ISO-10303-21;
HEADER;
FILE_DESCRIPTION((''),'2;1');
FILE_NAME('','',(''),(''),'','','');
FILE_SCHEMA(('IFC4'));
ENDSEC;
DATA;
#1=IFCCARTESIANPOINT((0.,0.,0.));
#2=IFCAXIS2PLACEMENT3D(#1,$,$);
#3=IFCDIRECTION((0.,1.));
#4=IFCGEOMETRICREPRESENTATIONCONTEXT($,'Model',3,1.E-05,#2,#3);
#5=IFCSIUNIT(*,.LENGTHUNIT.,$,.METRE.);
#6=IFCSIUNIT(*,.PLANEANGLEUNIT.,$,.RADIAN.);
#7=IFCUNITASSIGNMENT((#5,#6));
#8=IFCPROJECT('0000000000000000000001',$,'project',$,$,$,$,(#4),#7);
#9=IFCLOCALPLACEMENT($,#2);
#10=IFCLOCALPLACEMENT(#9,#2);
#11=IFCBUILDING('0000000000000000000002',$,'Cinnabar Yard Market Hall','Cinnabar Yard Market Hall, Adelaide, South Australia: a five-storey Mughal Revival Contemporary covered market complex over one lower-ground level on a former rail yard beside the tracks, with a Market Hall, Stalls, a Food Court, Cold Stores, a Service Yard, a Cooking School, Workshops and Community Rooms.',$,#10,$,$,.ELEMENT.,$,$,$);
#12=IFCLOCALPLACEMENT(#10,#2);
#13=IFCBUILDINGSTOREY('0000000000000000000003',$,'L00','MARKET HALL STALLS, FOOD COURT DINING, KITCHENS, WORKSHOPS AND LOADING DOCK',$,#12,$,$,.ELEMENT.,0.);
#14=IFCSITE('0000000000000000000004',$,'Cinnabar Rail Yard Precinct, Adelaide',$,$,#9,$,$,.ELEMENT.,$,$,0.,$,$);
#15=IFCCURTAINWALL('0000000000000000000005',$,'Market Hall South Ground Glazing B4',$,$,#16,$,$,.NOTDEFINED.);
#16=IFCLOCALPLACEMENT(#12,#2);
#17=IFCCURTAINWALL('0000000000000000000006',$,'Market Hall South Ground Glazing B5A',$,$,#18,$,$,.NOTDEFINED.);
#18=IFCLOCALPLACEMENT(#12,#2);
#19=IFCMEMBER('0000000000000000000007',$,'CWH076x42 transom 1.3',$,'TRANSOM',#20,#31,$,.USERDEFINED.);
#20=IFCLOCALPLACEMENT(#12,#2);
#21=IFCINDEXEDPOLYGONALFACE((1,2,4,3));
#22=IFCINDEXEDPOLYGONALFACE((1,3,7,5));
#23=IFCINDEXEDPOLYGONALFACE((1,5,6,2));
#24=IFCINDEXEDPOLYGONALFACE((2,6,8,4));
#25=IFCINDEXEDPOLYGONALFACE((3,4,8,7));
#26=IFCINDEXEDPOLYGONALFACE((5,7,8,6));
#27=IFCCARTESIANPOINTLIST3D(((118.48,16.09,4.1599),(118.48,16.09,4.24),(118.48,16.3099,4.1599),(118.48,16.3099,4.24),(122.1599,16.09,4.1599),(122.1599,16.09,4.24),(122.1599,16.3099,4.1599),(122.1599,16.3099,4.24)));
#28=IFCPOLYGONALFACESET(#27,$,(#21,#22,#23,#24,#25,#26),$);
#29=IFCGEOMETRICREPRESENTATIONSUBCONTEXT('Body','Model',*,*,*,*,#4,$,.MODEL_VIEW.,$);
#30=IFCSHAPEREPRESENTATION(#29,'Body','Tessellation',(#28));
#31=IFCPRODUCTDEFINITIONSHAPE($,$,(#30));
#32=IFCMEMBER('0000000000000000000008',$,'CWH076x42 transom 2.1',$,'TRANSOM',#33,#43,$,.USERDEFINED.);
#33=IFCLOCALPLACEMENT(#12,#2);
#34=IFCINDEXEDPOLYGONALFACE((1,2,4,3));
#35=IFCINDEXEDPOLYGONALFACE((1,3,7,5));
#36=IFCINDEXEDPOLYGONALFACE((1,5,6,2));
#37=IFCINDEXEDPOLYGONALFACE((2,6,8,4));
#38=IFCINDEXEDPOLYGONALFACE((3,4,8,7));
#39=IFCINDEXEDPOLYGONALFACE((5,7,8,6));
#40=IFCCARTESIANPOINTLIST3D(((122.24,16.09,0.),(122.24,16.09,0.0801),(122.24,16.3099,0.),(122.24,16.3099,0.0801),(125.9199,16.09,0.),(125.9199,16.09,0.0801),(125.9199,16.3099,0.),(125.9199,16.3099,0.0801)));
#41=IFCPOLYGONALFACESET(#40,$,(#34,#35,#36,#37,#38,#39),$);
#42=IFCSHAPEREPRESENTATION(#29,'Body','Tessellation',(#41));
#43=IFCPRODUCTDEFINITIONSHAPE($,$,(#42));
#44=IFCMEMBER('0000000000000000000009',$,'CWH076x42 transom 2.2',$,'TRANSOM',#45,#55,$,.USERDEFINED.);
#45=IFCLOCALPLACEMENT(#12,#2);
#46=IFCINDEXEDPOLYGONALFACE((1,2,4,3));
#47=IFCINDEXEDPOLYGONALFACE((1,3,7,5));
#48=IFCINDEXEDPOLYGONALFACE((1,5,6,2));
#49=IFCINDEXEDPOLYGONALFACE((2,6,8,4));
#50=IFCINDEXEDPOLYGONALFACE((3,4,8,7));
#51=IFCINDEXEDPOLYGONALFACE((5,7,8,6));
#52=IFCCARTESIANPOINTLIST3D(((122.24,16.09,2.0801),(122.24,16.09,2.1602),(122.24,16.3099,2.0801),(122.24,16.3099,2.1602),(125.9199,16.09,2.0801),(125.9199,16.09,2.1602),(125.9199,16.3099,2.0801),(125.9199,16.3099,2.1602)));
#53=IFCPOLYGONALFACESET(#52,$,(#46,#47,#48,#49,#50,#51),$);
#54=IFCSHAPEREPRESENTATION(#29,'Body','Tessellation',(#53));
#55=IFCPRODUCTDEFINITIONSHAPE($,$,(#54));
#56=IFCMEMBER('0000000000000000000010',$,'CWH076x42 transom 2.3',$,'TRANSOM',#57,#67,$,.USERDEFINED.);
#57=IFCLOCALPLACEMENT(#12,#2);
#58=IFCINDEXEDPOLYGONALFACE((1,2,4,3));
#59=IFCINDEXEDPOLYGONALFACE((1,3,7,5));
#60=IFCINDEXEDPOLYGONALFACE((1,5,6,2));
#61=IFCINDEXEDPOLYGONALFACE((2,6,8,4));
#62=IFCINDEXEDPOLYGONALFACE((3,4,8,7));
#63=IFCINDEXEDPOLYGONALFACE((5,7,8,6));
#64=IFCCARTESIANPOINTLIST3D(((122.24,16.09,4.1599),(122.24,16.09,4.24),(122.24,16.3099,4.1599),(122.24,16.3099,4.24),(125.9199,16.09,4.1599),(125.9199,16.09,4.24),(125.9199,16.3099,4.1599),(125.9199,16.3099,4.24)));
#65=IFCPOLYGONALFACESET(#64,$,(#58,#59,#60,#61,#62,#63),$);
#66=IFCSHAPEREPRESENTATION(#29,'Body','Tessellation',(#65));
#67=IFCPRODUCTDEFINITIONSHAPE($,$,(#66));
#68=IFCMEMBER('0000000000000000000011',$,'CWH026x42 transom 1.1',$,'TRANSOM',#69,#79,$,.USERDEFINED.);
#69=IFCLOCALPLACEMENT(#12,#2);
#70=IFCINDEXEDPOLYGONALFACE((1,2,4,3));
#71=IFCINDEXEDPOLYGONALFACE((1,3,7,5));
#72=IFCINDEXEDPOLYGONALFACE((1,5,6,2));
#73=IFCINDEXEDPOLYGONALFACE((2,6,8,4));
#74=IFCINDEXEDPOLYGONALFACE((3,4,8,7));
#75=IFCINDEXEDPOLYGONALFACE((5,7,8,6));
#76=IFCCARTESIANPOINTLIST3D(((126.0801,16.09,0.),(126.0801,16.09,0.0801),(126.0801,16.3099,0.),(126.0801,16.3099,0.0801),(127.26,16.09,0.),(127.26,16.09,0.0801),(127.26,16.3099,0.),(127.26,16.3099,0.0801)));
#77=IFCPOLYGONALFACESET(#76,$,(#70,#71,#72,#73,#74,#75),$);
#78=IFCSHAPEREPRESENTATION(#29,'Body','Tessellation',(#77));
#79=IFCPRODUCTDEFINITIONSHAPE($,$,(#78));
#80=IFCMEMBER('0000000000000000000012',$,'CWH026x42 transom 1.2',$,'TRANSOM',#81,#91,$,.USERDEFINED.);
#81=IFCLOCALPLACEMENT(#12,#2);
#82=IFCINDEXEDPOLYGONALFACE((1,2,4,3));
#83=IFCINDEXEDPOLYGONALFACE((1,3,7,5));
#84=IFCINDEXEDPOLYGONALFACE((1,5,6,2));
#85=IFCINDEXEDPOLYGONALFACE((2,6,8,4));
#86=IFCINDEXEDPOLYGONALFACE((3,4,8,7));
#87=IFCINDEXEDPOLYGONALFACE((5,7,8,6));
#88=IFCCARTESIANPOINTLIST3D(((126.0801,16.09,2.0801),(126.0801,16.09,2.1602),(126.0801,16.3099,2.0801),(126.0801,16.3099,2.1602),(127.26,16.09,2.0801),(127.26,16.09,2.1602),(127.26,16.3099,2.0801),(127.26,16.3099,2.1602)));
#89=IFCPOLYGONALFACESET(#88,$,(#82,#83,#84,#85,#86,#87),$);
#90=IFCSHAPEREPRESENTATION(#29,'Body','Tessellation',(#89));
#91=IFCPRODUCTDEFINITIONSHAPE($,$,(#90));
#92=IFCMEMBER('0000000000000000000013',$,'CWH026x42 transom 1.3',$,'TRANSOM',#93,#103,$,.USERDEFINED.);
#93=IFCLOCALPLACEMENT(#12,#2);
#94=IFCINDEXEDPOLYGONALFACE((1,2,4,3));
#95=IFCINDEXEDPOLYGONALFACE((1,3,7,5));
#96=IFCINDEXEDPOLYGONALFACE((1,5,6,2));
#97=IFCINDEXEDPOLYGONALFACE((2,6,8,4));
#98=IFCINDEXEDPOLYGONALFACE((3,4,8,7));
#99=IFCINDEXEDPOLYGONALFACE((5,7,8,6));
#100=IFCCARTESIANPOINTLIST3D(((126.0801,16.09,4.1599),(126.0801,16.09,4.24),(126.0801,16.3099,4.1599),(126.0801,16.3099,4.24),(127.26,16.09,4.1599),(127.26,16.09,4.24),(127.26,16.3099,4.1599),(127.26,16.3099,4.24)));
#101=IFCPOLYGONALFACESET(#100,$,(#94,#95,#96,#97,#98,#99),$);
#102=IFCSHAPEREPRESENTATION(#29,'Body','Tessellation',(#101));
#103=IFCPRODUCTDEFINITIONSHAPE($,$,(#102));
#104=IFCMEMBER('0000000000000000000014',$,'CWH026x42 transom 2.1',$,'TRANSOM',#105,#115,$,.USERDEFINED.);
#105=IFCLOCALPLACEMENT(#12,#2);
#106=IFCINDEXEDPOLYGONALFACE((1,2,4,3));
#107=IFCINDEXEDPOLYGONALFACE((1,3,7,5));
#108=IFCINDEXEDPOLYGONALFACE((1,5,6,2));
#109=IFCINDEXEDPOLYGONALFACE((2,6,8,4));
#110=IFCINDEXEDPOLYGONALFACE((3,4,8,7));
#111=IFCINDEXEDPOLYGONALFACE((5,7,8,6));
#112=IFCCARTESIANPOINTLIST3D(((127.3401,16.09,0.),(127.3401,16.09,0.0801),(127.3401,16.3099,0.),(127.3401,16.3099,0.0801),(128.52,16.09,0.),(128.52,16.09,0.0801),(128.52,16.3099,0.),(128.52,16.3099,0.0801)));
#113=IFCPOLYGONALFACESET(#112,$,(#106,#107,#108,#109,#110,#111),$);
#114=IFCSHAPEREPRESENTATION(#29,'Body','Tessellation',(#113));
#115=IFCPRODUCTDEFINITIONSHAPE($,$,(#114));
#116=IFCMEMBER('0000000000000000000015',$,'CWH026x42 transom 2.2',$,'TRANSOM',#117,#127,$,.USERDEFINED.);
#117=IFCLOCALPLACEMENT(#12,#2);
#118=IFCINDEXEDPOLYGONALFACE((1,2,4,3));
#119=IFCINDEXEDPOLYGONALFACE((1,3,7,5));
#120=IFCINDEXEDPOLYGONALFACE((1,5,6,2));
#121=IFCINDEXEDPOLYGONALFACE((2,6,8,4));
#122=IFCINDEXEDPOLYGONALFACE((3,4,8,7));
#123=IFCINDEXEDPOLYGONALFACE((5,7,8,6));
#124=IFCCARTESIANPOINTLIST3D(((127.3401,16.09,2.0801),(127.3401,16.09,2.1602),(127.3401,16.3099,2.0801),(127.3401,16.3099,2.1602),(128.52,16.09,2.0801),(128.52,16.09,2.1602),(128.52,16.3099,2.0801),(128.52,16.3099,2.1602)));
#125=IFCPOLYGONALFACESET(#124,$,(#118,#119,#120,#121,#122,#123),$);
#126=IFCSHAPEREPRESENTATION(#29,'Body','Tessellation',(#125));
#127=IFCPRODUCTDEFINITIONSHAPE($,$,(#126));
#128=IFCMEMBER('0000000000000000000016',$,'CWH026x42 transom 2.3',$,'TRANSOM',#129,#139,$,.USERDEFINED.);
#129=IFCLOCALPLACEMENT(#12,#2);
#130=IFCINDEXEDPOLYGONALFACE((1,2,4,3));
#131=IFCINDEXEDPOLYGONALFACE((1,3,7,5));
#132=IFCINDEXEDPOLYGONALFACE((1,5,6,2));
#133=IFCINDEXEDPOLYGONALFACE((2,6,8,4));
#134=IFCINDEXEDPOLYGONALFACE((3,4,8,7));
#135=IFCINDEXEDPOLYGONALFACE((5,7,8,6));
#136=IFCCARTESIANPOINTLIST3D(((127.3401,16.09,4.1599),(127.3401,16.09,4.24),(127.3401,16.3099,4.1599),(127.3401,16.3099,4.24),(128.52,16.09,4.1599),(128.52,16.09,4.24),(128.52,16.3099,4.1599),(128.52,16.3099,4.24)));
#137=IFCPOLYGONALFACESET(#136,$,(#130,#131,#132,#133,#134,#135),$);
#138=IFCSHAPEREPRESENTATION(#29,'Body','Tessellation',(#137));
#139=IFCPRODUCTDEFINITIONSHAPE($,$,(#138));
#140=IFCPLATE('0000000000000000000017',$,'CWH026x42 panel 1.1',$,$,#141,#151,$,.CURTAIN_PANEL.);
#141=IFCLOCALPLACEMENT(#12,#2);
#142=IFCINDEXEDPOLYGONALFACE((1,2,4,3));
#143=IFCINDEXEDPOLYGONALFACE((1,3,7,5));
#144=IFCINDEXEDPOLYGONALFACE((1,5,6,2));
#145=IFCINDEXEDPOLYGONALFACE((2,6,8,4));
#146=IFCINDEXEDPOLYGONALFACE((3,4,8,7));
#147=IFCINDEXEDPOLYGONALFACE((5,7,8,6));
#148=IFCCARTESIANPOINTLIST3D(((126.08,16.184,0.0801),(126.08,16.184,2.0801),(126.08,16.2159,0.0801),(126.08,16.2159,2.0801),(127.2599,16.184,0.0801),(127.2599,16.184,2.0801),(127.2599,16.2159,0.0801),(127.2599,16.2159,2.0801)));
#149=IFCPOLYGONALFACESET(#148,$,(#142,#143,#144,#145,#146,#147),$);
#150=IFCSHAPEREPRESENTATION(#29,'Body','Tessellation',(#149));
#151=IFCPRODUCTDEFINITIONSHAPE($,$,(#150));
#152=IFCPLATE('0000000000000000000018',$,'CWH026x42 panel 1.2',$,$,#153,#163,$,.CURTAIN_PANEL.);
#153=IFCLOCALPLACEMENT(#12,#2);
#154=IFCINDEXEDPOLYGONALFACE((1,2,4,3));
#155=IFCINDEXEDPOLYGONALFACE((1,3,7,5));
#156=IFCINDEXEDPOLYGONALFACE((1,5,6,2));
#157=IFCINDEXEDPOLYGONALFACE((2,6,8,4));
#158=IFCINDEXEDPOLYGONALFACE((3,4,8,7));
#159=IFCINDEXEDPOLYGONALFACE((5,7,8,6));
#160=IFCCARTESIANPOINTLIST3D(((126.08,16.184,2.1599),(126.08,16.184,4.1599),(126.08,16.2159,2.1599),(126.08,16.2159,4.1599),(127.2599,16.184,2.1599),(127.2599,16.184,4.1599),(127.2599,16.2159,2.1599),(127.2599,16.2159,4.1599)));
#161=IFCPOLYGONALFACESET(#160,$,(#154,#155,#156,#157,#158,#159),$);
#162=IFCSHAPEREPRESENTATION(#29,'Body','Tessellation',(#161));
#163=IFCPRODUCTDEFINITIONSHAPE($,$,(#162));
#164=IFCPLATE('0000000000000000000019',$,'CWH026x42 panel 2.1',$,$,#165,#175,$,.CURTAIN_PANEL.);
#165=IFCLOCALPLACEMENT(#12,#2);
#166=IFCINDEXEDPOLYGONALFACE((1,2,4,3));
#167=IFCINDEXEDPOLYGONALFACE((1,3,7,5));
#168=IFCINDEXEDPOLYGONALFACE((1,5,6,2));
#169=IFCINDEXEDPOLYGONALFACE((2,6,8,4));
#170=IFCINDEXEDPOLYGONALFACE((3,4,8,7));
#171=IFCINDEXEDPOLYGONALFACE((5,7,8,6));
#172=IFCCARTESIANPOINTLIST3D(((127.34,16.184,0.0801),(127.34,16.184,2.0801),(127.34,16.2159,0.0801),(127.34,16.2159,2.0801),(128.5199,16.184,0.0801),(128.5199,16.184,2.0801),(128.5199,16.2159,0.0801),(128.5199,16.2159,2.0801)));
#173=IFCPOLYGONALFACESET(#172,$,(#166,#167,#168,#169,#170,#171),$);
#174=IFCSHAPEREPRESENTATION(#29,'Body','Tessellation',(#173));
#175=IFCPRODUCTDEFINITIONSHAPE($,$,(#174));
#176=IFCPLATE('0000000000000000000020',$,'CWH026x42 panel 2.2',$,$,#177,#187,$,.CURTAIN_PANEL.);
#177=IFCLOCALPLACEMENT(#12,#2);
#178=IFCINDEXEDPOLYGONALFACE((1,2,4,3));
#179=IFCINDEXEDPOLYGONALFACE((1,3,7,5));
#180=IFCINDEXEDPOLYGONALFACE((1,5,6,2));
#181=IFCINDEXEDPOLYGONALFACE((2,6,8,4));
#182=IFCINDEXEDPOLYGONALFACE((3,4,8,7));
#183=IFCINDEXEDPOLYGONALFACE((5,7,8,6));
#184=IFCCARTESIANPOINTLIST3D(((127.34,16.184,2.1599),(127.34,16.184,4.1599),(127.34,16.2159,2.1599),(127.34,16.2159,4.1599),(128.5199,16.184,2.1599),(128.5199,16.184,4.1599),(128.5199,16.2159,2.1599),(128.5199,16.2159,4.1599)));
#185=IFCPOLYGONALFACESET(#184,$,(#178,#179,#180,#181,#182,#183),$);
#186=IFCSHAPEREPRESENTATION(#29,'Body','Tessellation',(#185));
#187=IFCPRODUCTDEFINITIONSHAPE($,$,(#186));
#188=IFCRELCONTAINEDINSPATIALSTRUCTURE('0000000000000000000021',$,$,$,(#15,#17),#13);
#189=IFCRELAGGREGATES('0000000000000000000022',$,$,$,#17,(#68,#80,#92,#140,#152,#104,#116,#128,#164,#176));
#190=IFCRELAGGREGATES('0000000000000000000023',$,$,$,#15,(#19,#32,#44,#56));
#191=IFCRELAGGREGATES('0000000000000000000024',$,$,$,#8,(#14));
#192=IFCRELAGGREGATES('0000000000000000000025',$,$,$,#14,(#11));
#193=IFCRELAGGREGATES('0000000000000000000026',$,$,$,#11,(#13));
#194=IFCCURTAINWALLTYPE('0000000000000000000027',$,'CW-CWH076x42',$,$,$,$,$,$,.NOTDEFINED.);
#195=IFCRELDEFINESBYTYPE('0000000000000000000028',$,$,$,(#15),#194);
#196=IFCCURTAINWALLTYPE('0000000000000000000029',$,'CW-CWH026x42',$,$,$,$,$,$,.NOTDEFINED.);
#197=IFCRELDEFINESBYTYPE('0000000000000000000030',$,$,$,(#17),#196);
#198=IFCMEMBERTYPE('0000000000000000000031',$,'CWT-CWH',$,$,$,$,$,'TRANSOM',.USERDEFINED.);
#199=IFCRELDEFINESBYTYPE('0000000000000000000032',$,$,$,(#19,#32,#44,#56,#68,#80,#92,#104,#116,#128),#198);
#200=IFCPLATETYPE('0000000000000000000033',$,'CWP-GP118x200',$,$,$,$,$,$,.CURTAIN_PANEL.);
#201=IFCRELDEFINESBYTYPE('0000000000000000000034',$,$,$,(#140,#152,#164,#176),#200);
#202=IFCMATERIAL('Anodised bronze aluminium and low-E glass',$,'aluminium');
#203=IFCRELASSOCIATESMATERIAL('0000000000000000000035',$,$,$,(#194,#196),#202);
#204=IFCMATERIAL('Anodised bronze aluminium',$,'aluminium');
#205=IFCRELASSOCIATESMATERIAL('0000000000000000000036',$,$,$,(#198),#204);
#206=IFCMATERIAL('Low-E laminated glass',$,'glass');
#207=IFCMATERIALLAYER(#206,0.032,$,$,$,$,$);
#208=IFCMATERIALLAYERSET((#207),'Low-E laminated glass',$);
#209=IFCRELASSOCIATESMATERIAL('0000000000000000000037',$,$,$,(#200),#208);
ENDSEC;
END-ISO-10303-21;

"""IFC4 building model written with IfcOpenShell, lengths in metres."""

from ifc_helpers import new_model, si_unit, direction, frame, origin, origin_2d_with_axis, place, context, subcontext, project, spatial, rectangle, extrude, material, layer, layer_set, material_profile, profile_set, type_object, element, aggregate, save


model = new_model("IFC4")

# Units and contexts
model_context = context("Model", 3, precision=1e-05, world=origin(), true_north=direction((0.0, 1.0)))
body_context = subcontext(model_context, "Body", "Model", "MODEL_VIEW")
ifc_project = project(units=[si_unit("LENGTHUNIT", "METRE"), si_unit("PLANEANGLEUNIT", "RADIAN")], contexts=[model_context])

# Site, building, storey
site_placement = place(None, origin())
site = spatial("IfcSite", under=ifc_project, at=site_placement, Name="Cinnabar Rail Yard Precinct, Adelaide", CompositionType="ELEMENT", RefElevation=0.0)
building_placement = place(site_placement, origin())
building = spatial("IfcBuilding", under=site, at=building_placement, Name="Cinnabar Yard Market Hall", Description="Cinnabar Yard Market Hall, Adelaide, South Australia: a five-storey Mughal Revival Contemporary covered market complex over one lower-ground level on a former rail yard beside the tracks, with a Market Hall, Stalls, a Food Court, Cold Stores, a Service Yard, a Cooking School, Workshops and Community Rooms.", CompositionType="ELEMENT")
storey_placement = place(building_placement, origin())
storey = spatial("IfcBuildingStorey", under=building, at=storey_placement, Name="L00", Description="MARKET HALL STALLS, FOOD COURT DINING, KITCHENS, WORKSHOPS AND LOADING DOCK", CompositionType="ELEMENT", Elevation=0.0)

# Curtain walls
ifc_material_1 = material(Name="Anodised bronze aluminium and low-E glass", Category="aluminium")
curtain_wall_type_1 = type_object("IfcCurtainWallType", Name="CW-CWH076x42", PredefinedType="NOTDEFINED", material=ifc_material_1)
curtain_wall_1_placement = place(storey_placement, origin())
curtain_wall_1 = element("IfcCurtainWall", 1, at=curtain_wall_1_placement, inside=storey, type_object=curtain_wall_type_1, Name="Market Hall South Ground Glazing B4", PredefinedType="NOTDEFINED")
ifc_material_2 = material(Name="Anodised bronze aluminium", Category="aluminium")
curtain_wall_type_2 = type_object("IfcCurtainWallType", Name="CW-CWH026x42", PredefinedType="NOTDEFINED", material=ifc_material_1)
curtain_wall_2_placement = place(storey_placement, origin())
curtain_wall_2 = element("IfcCurtainWall", 2, at=curtain_wall_2_placement, inside=storey, type_object=curtain_wall_type_2, Name="Market Hall South Ground Glazing B5A", PredefinedType="NOTDEFINED")

# Members
ifc_material_profile_1 = material_profile(ifc_material_2, rectangle(XDim=0.22, YDim=0.0801, at=origin_2d_with_axis()), Name="TRN-CWH")
ifc_profile_set_1 = profile_set([ifc_material_profile_1], Name="Anodised bronze aluminium")
member_type_1 = type_object("IfcMemberType", Name="CWT-CWH", ElementType="TRANSOM", PredefinedType="USERDEFINED", material=ifc_profile_set_1)
member_1_placement = place(storey_placement, frame((118.48, 16.2, 4.2), z_axis=(1.0, 0.0, 0.0), x_axis=(0.0, 1.0, 0.0)))
member_1 = element("IfcMember", 3, at=member_1_placement, type_object=member_type_1, Name="CWH076x42 transom 1.3", ObjectType="TRANSOM", PredefinedType="USERDEFINED", context=body_context, shape_type="SweptSolid", body=[
    extrude(rectangle(XDim=0.22, YDim=0.0801, at=origin_2d_with_axis()), origin(), (0.0, 0.0, 1.0), 3.6799),
])
member_2_placement = place(storey_placement, frame((122.24, 16.2, 0.04), z_axis=(1.0, 0.0, 0.0), x_axis=(0.0, 1.0, 0.0)))
member_2 = element("IfcMember", 4, at=member_2_placement, type_object=member_type_1, Name="CWH076x42 transom 2.1", ObjectType="TRANSOM", PredefinedType="USERDEFINED", context=body_context, shape_type="SweptSolid", body=[
    extrude(rectangle(XDim=0.22, YDim=0.0801, at=origin_2d_with_axis()), origin(), (0.0, 0.0, 1.0), 3.6799),
])
member_3_placement = place(storey_placement, frame((122.24, 16.2, 2.1201), z_axis=(1.0, 0.0, 0.0), x_axis=(0.0, 1.0, 0.0)))
member_3 = element("IfcMember", 5, at=member_3_placement, type_object=member_type_1, Name="CWH076x42 transom 2.2", ObjectType="TRANSOM", PredefinedType="USERDEFINED", context=body_context, shape_type="SweptSolid", body=[
    extrude(rectangle(XDim=0.22, YDim=0.0801, at=origin_2d_with_axis()), origin(), (0.0, 0.0, 1.0), 3.6799),
])
member_4_placement = place(storey_placement, frame((122.24, 16.2, 4.2), z_axis=(1.0, 0.0, 0.0), x_axis=(0.0, 1.0, 0.0)))
member_4 = element("IfcMember", 6, at=member_4_placement, type_object=member_type_1, Name="CWH076x42 transom 2.3", ObjectType="TRANSOM", PredefinedType="USERDEFINED", context=body_context, shape_type="SweptSolid", body=[
    extrude(rectangle(XDim=0.22, YDim=0.0801, at=origin_2d_with_axis()), origin(), (0.0, 0.0, 1.0), 3.6799),
])
member_5_placement = place(storey_placement, frame((126.0801, 16.2, 0.04), z_axis=(1.0, 0.0, 0.0), x_axis=(0.0, 1.0, 0.0)))
member_5 = element("IfcMember", 7, at=member_5_placement, type_object=member_type_1, Name="CWH026x42 transom 1.1", ObjectType="TRANSOM", PredefinedType="USERDEFINED", context=body_context, shape_type="SweptSolid", body=[
    extrude(rectangle(XDim=0.22, YDim=0.0801, at=origin_2d_with_axis()), origin(), (0.0, 0.0, 1.0), 1.1799),
])
member_6_placement = place(storey_placement, frame((126.0801, 16.2, 2.1201), z_axis=(1.0, 0.0, 0.0), x_axis=(0.0, 1.0, 0.0)))
member_6 = element("IfcMember", 8, at=member_6_placement, type_object=member_type_1, Name="CWH026x42 transom 1.2", ObjectType="TRANSOM", PredefinedType="USERDEFINED", context=body_context, shape_type="SweptSolid", body=[
    extrude(rectangle(XDim=0.22, YDim=0.0801, at=origin_2d_with_axis()), origin(), (0.0, 0.0, 1.0), 1.1799),
])
member_7_placement = place(storey_placement, frame((126.0801, 16.2, 4.2), z_axis=(1.0, 0.0, 0.0), x_axis=(0.0, 1.0, 0.0)))
member_7 = element("IfcMember", 9, at=member_7_placement, type_object=member_type_1, Name="CWH026x42 transom 1.3", ObjectType="TRANSOM", PredefinedType="USERDEFINED", context=body_context, shape_type="SweptSolid", body=[
    extrude(rectangle(XDim=0.22, YDim=0.0801, at=origin_2d_with_axis()), origin(), (0.0, 0.0, 1.0), 1.1799),
])
member_8_placement = place(storey_placement, frame((127.3401, 16.2, 0.04), z_axis=(1.0, 0.0, 0.0), x_axis=(0.0, 1.0, 0.0)))
member_8 = element("IfcMember", 10, at=member_8_placement, type_object=member_type_1, Name="CWH026x42 transom 2.1", ObjectType="TRANSOM", PredefinedType="USERDEFINED", context=body_context, shape_type="SweptSolid", body=[
    extrude(rectangle(XDim=0.22, YDim=0.0801, at=origin_2d_with_axis()), origin(), (0.0, 0.0, 1.0), 1.1799),
])
member_9_placement = place(storey_placement, frame((127.3401, 16.2, 2.1201), z_axis=(1.0, 0.0, 0.0), x_axis=(0.0, 1.0, 0.0)))
member_9 = element("IfcMember", 11, at=member_9_placement, type_object=member_type_1, Name="CWH026x42 transom 2.2", ObjectType="TRANSOM", PredefinedType="USERDEFINED", context=body_context, shape_type="SweptSolid", body=[
    extrude(rectangle(XDim=0.22, YDim=0.0801, at=origin_2d_with_axis()), origin(), (0.0, 0.0, 1.0), 1.1799),
])
member_10_placement = place(storey_placement, frame((127.3401, 16.2, 4.2), z_axis=(1.0, 0.0, 0.0), x_axis=(0.0, 1.0, 0.0)))
member_10 = element("IfcMember", 12, at=member_10_placement, type_object=member_type_1, Name="CWH026x42 transom 2.3", ObjectType="TRANSOM", PredefinedType="USERDEFINED", context=body_context, shape_type="SweptSolid", body=[
    extrude(rectangle(XDim=0.22, YDim=0.0801, at=origin_2d_with_axis()), origin(), (0.0, 0.0, 1.0), 1.1799),
])

# Plates
ifc_material_3 = material(Name="Low-E laminated glass", Category="glass")
ifc_layer_1 = layer(ifc_material_3, 0.032)
ifc_layer_set_1 = layer_set([ifc_layer_1], Name="Low-E laminated glass")
plate_type_1 = type_object("IfcPlateType", Name="CWP-GP118x200", PredefinedType="CURTAIN_PANEL", material=ifc_layer_set_1)
plate_1_placement = place(storey_placement, frame((126.6699, 16.2, 0.0801), z_axis=(0.0, 0.0, 1.0), x_axis=(1.0, 0.0, 0.0)))
plate_1 = element("IfcPlate", 13, at=plate_1_placement, type_object=plate_type_1, Name="CWH026x42 panel 1.1", PredefinedType="CURTAIN_PANEL", context=body_context, shape_type="SweptSolid", body=[
    extrude(rectangle(XDim=1.1799, YDim=0.032, at=origin_2d_with_axis()), origin(), (0.0, 0.0, 1.0), 2.0),
])
plate_2_placement = place(storey_placement, frame((126.6699, 16.2, 2.1599), z_axis=(0.0, 0.0, 1.0), x_axis=(1.0, 0.0, 0.0)))
plate_2 = element("IfcPlate", 14, at=plate_2_placement, type_object=plate_type_1, Name="CWH026x42 panel 1.2", PredefinedType="CURTAIN_PANEL", context=body_context, shape_type="SweptSolid", body=[
    extrude(rectangle(XDim=1.1799, YDim=0.032, at=origin_2d_with_axis()), origin(), (0.0, 0.0, 1.0), 2.0),
])
plate_3_placement = place(storey_placement, frame((127.9299, 16.2, 0.0801), z_axis=(0.0, 0.0, 1.0), x_axis=(1.0, 0.0, 0.0)))
plate_3 = element("IfcPlate", 15, at=plate_3_placement, type_object=plate_type_1, Name="CWH026x42 panel 2.1", PredefinedType="CURTAIN_PANEL", context=body_context, shape_type="SweptSolid", body=[
    extrude(rectangle(XDim=1.1799, YDim=0.032, at=origin_2d_with_axis()), origin(), (0.0, 0.0, 1.0), 2.0),
])
plate_4_placement = place(storey_placement, frame((127.9299, 16.2, 2.1599), z_axis=(0.0, 0.0, 1.0), x_axis=(1.0, 0.0, 0.0)))
plate_4 = element("IfcPlate", 16, at=plate_4_placement, type_object=plate_type_1, Name="CWH026x42 panel 2.2", PredefinedType="CURTAIN_PANEL", context=body_context, shape_type="SweptSolid", body=[
    extrude(rectangle(XDim=1.1799, YDim=0.032, at=origin_2d_with_axis()), origin(), (0.0, 0.0, 1.0), 2.0),
])
aggregate(curtain_wall_2, [member_5, member_6, member_7, plate_1, plate_2, member_8, member_9, member_10, plate_3, plate_4])
aggregate(curtain_wall_1, [member_1, member_2, member_3, member_4])

save(model, "model.ifc")
